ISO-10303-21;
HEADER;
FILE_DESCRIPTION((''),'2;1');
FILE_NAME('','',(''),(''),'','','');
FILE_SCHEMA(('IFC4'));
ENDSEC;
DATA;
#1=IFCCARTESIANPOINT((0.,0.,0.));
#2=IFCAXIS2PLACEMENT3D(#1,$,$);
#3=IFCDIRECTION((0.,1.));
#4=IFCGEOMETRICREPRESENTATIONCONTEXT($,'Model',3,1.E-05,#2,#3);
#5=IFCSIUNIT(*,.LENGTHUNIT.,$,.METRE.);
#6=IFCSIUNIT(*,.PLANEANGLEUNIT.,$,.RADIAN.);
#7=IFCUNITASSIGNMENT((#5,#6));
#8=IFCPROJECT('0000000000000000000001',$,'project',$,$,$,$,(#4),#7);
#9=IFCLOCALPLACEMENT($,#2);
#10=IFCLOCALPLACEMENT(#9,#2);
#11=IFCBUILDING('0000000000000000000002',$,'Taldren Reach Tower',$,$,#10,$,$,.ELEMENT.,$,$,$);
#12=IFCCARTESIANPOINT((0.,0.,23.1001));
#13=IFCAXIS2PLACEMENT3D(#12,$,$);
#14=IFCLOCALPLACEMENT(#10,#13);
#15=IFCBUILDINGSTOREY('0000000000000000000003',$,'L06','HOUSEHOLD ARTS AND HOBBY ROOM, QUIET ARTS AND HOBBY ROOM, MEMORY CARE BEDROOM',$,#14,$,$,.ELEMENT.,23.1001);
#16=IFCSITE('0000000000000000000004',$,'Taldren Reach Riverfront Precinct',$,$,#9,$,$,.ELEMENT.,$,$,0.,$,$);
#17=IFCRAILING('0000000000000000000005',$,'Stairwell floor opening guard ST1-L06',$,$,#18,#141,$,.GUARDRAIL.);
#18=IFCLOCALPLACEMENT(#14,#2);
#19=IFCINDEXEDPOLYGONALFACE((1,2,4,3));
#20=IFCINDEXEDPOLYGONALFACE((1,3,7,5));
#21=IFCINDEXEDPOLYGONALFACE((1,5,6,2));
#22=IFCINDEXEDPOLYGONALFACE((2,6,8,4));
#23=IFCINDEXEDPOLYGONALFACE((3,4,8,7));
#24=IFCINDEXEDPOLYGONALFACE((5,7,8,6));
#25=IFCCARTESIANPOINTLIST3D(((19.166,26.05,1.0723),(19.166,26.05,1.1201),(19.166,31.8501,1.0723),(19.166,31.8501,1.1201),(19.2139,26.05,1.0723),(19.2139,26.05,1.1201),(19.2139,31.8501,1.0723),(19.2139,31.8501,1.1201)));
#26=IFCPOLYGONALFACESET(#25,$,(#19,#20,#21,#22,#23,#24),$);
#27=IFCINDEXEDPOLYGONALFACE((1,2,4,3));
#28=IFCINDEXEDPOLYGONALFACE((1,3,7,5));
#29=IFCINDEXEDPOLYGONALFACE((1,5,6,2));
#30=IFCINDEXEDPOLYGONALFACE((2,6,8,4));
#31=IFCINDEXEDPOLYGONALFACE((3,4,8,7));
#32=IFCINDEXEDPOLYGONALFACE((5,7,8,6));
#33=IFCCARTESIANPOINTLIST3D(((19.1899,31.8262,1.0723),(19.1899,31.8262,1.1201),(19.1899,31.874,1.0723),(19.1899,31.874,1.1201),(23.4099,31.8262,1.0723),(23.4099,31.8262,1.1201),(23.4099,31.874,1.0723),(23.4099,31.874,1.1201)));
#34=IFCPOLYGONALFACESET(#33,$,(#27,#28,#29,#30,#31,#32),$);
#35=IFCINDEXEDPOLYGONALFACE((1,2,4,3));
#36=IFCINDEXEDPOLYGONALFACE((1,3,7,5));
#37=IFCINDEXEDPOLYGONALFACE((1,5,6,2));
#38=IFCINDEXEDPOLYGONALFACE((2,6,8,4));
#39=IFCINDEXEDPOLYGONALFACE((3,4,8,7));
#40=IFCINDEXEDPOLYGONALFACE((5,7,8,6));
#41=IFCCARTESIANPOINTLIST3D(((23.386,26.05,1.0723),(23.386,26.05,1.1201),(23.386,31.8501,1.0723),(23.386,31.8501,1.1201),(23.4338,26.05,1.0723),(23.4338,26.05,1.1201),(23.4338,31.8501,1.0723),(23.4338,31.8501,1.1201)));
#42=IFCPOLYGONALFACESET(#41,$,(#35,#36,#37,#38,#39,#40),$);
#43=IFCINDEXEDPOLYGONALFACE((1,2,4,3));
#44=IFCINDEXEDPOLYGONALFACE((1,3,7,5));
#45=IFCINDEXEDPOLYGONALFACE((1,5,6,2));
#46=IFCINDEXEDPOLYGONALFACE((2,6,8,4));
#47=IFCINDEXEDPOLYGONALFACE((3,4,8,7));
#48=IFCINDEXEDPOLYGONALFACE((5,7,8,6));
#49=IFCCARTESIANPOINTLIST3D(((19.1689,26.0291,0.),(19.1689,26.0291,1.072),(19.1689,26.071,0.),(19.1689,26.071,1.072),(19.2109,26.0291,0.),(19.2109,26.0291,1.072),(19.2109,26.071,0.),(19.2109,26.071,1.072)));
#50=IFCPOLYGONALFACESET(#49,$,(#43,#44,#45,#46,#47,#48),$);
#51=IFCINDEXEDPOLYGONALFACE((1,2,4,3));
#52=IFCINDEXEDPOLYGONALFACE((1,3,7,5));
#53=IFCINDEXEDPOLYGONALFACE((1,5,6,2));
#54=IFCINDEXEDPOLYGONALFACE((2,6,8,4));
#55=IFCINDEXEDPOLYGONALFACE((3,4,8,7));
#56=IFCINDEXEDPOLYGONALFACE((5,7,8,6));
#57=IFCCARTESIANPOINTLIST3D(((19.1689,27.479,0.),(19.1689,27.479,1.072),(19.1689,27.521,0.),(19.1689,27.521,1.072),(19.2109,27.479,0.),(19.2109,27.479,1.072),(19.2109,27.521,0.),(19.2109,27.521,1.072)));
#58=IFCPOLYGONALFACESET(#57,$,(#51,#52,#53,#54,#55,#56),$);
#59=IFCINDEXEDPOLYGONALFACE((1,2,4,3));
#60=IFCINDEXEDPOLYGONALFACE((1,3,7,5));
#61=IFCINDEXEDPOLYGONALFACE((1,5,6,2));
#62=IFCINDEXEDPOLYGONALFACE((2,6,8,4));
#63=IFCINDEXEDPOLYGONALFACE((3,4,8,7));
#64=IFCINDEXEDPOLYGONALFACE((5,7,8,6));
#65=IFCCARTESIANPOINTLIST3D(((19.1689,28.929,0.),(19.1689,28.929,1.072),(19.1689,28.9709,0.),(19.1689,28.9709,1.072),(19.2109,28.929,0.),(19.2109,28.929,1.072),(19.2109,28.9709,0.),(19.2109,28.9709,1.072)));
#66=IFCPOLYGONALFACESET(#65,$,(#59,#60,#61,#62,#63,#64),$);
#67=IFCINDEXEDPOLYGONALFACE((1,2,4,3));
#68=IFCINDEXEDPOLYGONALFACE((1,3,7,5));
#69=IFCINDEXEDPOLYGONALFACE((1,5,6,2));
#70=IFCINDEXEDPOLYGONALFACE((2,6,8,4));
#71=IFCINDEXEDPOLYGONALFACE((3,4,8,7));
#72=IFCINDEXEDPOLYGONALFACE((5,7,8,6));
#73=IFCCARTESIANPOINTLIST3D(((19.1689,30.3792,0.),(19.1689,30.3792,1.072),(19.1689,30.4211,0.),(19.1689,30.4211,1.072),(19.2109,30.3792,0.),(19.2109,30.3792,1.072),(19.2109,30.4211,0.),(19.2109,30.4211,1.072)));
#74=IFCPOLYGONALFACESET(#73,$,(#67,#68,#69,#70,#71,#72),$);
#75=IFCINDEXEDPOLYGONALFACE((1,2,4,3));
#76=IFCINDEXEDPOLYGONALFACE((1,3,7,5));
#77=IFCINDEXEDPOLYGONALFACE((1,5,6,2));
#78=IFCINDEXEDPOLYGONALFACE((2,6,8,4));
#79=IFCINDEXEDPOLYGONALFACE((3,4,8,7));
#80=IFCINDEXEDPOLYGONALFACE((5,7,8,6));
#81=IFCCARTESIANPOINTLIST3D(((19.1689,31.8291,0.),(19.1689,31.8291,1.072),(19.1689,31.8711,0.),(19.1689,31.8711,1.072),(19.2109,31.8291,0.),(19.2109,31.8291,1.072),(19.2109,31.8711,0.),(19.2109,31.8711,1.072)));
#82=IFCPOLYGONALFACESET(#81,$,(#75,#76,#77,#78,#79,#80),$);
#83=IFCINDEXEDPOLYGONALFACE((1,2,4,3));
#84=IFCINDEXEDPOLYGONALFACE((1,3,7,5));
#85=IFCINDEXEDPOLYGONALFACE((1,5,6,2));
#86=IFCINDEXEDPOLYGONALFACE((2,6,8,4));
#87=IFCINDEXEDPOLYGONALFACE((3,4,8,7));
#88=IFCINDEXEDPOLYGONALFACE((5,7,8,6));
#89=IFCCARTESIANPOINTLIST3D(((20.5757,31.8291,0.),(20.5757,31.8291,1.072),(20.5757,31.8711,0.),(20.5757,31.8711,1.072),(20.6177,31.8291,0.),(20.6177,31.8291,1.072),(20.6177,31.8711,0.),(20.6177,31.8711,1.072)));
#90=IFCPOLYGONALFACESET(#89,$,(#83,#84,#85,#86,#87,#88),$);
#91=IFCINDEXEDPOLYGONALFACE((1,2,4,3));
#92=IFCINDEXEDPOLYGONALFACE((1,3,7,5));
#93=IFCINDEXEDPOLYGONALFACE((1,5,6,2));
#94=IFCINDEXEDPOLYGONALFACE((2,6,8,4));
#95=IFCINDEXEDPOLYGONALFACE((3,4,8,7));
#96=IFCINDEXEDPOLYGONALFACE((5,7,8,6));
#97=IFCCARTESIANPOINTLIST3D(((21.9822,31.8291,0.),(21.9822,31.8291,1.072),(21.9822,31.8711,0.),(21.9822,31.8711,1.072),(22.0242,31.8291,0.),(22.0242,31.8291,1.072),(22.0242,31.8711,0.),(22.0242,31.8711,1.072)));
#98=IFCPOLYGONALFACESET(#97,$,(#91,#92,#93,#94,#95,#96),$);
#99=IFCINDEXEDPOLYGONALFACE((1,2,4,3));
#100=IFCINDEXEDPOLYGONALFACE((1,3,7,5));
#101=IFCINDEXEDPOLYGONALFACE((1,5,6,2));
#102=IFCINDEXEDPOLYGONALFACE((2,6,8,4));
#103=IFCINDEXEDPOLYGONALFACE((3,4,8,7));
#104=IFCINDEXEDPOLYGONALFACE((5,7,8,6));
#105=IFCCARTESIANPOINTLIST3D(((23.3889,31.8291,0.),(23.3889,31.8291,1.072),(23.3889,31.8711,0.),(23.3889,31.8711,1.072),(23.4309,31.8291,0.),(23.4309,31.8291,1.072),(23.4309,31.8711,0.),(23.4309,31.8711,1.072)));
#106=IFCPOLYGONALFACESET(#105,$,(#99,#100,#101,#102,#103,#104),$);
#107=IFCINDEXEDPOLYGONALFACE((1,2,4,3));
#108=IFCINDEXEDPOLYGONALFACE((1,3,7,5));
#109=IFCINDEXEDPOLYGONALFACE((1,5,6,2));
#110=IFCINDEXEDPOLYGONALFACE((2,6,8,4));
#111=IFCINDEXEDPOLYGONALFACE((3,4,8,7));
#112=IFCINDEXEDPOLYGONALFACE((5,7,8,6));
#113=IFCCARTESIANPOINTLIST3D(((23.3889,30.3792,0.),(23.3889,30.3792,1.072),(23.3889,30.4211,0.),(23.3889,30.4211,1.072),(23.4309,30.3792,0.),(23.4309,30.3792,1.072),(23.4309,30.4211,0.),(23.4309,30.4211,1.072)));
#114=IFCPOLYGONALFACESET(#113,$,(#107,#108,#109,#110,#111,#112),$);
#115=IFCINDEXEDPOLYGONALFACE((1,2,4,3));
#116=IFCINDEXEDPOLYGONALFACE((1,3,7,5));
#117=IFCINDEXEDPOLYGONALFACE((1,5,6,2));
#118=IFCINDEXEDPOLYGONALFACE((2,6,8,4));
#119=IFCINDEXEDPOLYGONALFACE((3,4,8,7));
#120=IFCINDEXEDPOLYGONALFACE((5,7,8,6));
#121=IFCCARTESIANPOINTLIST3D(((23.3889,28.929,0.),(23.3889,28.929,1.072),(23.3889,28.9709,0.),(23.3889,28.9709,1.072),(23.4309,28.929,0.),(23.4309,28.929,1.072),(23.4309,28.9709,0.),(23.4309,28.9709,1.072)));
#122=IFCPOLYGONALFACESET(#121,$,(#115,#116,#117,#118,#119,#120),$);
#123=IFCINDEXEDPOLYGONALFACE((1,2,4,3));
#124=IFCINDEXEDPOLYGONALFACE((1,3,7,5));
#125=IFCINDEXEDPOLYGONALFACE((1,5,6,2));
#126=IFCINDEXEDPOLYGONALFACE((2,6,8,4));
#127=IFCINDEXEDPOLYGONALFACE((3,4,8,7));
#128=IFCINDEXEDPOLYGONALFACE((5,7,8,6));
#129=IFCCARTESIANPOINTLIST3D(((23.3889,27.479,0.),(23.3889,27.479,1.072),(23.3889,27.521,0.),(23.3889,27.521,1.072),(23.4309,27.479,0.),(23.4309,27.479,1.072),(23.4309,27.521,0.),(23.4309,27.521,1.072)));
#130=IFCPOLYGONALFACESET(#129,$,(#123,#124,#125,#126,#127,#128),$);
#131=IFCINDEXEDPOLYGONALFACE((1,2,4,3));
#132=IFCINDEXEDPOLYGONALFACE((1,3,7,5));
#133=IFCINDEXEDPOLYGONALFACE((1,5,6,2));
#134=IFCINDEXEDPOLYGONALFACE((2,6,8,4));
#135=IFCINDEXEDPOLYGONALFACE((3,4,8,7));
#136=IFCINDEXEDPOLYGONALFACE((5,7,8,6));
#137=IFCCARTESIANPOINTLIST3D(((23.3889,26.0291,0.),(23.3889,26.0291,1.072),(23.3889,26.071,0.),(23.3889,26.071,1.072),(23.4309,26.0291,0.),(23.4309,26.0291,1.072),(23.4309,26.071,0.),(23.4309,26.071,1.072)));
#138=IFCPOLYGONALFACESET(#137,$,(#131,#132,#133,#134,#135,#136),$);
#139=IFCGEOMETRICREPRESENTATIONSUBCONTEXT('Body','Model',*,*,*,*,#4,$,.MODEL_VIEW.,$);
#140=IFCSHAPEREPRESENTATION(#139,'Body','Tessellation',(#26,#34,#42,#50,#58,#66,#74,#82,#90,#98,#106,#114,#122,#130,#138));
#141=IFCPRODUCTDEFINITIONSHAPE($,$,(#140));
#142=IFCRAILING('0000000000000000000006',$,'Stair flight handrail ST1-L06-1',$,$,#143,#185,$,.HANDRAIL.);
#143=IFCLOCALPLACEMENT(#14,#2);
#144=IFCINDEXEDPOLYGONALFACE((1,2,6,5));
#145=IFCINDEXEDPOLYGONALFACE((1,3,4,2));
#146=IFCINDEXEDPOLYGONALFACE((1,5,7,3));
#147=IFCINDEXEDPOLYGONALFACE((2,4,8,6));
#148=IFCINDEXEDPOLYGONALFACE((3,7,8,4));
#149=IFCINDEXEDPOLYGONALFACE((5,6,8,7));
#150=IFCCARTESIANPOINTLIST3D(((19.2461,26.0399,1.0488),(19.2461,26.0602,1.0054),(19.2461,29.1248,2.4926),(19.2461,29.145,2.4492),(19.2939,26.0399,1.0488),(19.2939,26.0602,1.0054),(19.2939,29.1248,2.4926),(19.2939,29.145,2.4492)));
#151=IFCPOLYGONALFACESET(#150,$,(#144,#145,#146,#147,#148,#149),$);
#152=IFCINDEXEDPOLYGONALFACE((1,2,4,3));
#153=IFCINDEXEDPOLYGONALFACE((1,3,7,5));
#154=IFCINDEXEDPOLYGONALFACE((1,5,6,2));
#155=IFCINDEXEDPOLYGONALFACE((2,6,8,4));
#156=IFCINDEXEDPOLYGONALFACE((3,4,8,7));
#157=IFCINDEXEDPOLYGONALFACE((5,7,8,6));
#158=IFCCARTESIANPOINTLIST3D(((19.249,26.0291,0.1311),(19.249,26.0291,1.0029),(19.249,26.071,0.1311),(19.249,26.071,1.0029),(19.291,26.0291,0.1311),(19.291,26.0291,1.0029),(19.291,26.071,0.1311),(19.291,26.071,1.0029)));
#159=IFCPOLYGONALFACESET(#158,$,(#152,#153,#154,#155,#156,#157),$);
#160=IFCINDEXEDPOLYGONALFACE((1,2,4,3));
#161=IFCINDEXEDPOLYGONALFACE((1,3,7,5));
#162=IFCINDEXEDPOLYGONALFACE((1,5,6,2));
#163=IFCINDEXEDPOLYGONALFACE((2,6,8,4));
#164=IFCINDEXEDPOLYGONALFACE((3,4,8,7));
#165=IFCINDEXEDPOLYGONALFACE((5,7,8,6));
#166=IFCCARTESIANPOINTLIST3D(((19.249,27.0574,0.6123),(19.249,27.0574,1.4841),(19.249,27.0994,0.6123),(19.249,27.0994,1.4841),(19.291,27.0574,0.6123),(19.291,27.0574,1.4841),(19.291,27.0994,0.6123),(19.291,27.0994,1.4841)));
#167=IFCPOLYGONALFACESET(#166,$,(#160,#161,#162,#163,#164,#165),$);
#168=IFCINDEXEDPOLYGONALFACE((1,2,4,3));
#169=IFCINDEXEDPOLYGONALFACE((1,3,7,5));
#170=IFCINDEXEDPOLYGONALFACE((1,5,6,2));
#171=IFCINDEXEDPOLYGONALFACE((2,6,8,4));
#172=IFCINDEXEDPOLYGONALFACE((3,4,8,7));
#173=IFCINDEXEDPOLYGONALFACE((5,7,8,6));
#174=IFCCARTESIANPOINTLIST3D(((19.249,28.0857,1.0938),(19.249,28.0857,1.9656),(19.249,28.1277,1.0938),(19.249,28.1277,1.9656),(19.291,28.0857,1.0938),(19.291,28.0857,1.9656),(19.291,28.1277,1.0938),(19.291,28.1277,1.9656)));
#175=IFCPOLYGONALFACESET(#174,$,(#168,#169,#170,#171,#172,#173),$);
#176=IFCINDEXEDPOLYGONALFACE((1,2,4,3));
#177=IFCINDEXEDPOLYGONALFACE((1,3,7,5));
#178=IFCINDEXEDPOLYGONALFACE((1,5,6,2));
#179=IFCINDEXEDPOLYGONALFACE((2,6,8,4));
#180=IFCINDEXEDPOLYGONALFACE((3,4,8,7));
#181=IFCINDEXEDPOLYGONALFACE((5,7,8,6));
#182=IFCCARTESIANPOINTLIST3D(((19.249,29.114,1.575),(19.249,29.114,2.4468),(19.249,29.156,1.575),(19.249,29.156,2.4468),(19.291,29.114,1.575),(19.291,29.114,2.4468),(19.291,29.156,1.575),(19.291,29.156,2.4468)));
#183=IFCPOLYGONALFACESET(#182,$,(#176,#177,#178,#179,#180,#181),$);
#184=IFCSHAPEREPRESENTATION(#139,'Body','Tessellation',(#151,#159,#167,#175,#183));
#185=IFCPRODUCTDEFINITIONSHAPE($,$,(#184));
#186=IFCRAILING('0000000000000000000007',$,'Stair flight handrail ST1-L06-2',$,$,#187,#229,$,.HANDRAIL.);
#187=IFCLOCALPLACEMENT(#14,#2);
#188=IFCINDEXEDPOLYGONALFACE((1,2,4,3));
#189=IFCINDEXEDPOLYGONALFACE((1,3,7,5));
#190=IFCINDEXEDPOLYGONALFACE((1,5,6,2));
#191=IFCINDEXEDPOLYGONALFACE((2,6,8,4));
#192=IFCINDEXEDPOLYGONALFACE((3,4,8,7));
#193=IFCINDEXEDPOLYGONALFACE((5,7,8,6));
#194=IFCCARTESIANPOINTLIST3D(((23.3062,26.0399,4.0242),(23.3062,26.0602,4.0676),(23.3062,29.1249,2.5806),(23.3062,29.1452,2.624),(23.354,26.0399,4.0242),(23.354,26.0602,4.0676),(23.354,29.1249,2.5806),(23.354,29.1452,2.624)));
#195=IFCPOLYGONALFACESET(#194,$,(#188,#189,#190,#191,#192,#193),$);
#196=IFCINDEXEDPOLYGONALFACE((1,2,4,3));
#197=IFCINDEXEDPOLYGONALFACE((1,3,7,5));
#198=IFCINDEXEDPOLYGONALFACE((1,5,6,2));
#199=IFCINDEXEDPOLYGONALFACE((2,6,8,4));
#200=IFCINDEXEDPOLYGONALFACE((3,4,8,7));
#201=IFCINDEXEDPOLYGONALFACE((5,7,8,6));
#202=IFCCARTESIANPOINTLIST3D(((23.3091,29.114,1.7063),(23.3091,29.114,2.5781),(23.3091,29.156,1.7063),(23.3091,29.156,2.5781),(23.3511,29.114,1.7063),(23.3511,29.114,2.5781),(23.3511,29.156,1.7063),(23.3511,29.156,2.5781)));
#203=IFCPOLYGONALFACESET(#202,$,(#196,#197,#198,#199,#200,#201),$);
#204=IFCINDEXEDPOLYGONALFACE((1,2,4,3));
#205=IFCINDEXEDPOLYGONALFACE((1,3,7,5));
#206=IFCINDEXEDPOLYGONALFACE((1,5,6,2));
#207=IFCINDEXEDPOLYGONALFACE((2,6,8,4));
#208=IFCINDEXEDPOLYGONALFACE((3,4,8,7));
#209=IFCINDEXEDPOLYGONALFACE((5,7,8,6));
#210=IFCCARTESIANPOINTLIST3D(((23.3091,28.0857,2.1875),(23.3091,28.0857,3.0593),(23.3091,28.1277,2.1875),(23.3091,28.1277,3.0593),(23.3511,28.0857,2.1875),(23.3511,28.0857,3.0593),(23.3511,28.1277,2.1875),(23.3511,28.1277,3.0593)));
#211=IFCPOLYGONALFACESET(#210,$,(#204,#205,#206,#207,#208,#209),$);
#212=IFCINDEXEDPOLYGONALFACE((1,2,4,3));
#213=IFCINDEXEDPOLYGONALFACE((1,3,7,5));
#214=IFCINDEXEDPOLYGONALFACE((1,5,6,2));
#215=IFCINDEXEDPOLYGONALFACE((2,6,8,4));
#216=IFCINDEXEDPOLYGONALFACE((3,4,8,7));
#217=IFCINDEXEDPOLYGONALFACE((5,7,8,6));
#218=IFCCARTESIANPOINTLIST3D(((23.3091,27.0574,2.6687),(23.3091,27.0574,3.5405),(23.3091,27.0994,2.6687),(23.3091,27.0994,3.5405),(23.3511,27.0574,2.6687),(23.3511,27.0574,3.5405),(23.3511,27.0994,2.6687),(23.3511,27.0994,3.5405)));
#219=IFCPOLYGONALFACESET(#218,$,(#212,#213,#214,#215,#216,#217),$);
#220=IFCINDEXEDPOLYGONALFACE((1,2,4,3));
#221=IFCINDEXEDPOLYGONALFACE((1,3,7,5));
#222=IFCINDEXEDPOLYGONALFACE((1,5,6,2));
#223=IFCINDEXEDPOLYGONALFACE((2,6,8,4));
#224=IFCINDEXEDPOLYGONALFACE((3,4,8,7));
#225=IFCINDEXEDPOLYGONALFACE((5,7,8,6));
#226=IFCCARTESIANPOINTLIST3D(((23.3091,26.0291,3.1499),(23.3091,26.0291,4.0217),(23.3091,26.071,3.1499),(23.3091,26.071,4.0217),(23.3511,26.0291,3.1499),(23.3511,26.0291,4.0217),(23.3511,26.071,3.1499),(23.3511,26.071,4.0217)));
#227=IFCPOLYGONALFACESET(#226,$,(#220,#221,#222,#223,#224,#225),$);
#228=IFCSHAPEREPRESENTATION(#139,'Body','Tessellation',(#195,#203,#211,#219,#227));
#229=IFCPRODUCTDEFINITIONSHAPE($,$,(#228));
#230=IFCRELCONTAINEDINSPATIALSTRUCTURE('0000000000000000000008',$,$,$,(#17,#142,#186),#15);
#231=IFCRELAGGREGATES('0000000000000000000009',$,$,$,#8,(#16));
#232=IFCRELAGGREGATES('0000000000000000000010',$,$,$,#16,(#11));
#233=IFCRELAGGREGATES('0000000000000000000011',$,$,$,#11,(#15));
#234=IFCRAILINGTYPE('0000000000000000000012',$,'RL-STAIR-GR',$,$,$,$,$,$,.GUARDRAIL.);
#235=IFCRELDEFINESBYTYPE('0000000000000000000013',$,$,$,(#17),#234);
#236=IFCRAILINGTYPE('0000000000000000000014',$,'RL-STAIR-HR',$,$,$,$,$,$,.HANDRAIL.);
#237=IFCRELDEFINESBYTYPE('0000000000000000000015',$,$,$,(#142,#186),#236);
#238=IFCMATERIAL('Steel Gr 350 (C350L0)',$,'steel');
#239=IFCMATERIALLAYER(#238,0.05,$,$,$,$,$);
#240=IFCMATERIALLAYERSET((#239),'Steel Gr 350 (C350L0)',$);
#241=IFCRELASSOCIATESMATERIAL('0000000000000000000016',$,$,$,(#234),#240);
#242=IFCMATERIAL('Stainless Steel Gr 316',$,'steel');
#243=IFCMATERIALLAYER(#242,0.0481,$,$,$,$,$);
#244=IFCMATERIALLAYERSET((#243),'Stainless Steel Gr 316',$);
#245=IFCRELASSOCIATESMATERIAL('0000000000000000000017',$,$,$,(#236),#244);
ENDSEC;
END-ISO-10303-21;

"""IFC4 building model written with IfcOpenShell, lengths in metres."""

from ifc_helpers import new_model, si_unit, direction, frame, origin, origin_2d, place, context, subcontext, project, spatial, rectangle, extrude, material, layer, layer_set, type_object, element, save


model = new_model("IFC4")

# Units and contexts
model_context = context("Model", 3, precision=1e-05, world=origin(), true_north=direction((0.0, 1.0)))
body_context = subcontext(model_context, "Body", "Model", "MODEL_VIEW")
ifc_project = project(units=[si_unit("LENGTHUNIT", "METRE"), si_unit("PLANEANGLEUNIT", "RADIAN")], contexts=[model_context])

# Site, building, storey
site_placement = place(None, origin())
site = spatial("IfcSite", under=ifc_project, at=site_placement, Name="Taldren Reach Riverfront Precinct", CompositionType="ELEMENT", RefElevation=0.0)
building_placement = place(site_placement, origin())
building = spatial("IfcBuilding", under=site, at=building_placement, Name="Taldren Reach Tower", CompositionType="ELEMENT")
storey_placement = place(building_placement, frame((0.0, 0.0, 23.1001)))
storey = spatial("IfcBuildingStorey", under=building, at=storey_placement, Name="L06", Description="HOUSEHOLD ARTS AND HOBBY ROOM, QUIET ARTS AND HOBBY ROOM, MEMORY CARE BEDROOM", CompositionType="ELEMENT", Elevation=23.1001)

# Shared definitions
ifc_material_1 = material(Name="Steel Gr 350 (C350L0)", Category="steel")

# Railings
ifc_layer_1 = layer(ifc_material_1, 0.05)
ifc_layer_set_1 = layer_set([ifc_layer_1], Name="Steel Gr 350 (C350L0)")
railing_type_1 = type_object("IfcRailingType", Name="RL-STAIR-GR", PredefinedType="GUARDRAIL", material=ifc_layer_set_1)
railing_1_placement = place(storey_placement, frame((19.1899, 26.05, 0.0)))
element("IfcRailing", 1, at=railing_1_placement, inside=storey, type_object=railing_type_1, Name="Stairwell floor opening guard ST1-L06", PredefinedType="GUARDRAIL", context=body_context, shape_type="SweptSolid", body=[
    extrude(rectangle(XDim=0.0479, YDim=0.0479, at=origin_2d()), frame((0.0, 0.0, 1.0962), z_axis=(0.0, 1.0, 0.0), x_axis=(-1.0, 0.0, 0.0)), (0.0, 0.0, 1.0), 5.8),
    extrude(rectangle(XDim=0.0479, YDim=0.0479, at=origin_2d()), frame((0.0, 5.8, 1.0962), z_axis=(1.0, 0.0, 0.0), x_axis=(0.0, 1.0, 0.0)), (0.0, 0.0, 1.0), 4.22),
    extrude(rectangle(XDim=0.0479, YDim=0.0479, at=origin_2d()), frame((4.22, 5.8, 1.0962), z_axis=(0.0, -1.0, 0.0), x_axis=(1.0, 0.0, 0.0)), (0.0, 0.0, 1.0), 5.8),
    extrude(rectangle(XDim=0.042, YDim=0.042, at=origin_2d()), origin(), (0.0, 0.0, 1.0), 1.072),
    extrude(rectangle(XDim=0.042, YDim=0.042, at=origin_2d()), frame((0.0, 1.45, 0.0)), (0.0, 0.0, 1.0), 1.072),
    extrude(rectangle(XDim=0.042, YDim=0.042, at=origin_2d()), frame((0.0, 2.8999, 0.0)), (0.0, 0.0, 1.0), 1.072),
    extrude(rectangle(XDim=0.042, YDim=0.042, at=origin_2d()), frame((0.0, 4.3501, 0.0)), (0.0, 0.0, 1.0), 1.072),
    extrude(rectangle(XDim=0.042, YDim=0.042, at=origin_2d()), frame((0.0, 5.8, 0.0)), (0.0, 0.0, 1.0), 1.072),
    extrude(rectangle(XDim=0.042, YDim=0.042, at=origin_2d()), frame((1.4067, 5.8, 0.0)), (0.0, 0.0, 1.0), 1.072),
    extrude(rectangle(XDim=0.042, YDim=0.042, at=origin_2d()), frame((2.8132, 5.8, 0.0)), (0.0, 0.0, 1.0), 1.072),
    extrude(rectangle(XDim=0.042, YDim=0.042, at=origin_2d()), frame((4.22, 5.8, 0.0)), (0.0, 0.0, 1.0), 1.072),
    extrude(rectangle(XDim=0.042, YDim=0.042, at=origin_2d()), frame((4.22, 4.3501, 0.0)), (0.0, 0.0, 1.0), 1.072),
    extrude(rectangle(XDim=0.042, YDim=0.042, at=origin_2d()), frame((4.22, 2.8999, 0.0)), (0.0, 0.0, 1.0), 1.072),
    extrude(rectangle(XDim=0.042, YDim=0.042, at=origin_2d()), frame((4.22, 1.45, 0.0)), (0.0, 0.0, 1.0), 1.072),
    extrude(rectangle(XDim=0.042, YDim=0.042, at=origin_2d()), frame((4.22, 0.0, 0.0)), (0.0, 0.0, 1.0), 1.072),
])
ifc_material_2 = material(Name="Stainless Steel Gr 316", Category="steel")
ifc_layer_2 = layer(ifc_material_2, 0.0481)
ifc_layer_set_2 = layer_set([ifc_layer_2], Name="Stainless Steel Gr 316")
railing_type_2 = type_object("IfcRailingType", Name="RL-STAIR-HR", PredefinedType="HANDRAIL", material=ifc_layer_set_2)
railing_2_placement = place(storey_placement, frame((19.27, 26.05, 0.1311)))
element("IfcRailing", 2, at=railing_2_placement, inside=storey, type_object=railing_type_2, Name="Stair flight handrail ST1-L06-1", PredefinedType="HANDRAIL", context=body_context, shape_type="SweptSolid", body=[
    extrude(rectangle(XDim=0.0479, YDim=0.0479, at=origin_2d()), frame((0.0, 0.0, 0.896), z_axis=(0.0, 0.90571, 0.423898), x_axis=(-1.0, 0.0, 0.0)), (0.0, 0.0, 1.0), 3.406),
    extrude(rectangle(XDim=0.042, YDim=0.042, at=origin_2d()), origin(), (0.0, 0.0, 1.0), 0.8718),
    extrude(rectangle(XDim=0.042, YDim=0.042, at=origin_2d()), frame((0.0, 1.0283, 0.4812)), (0.0, 0.0, 1.0), 0.8718),
    extrude(rectangle(XDim=0.042, YDim=0.042, at=origin_2d()), frame((0.0, 2.0566, 0.9626)), (0.0, 0.0, 1.0), 0.8718),
    extrude(rectangle(XDim=0.042, YDim=0.042, at=origin_2d()), frame((0.0, 3.085, 1.4438)), (0.0, 0.0, 1.0), 0.8718),
])
railing_3_placement = place(storey_placement, frame((23.3301, 29.135, 1.7063)))
element("IfcRailing", 3, at=railing_3_placement, inside=storey, type_object=railing_type_2, Name="Stair flight handrail ST1-L06-2", PredefinedType="HANDRAIL", context=body_context, shape_type="SweptSolid", body=[
    extrude(rectangle(XDim=0.0479, YDim=0.0479, at=origin_2d()), frame((0.0, 0.0, 0.896), z_axis=(0.0, -0.905738, 0.423839), x_axis=(1.0, 0.0, 0.0)), (0.0, 0.0, 1.0), 3.406),
    extrude(rectangle(XDim=0.042, YDim=0.042, at=origin_2d()), origin(), (0.0, 0.0, 1.0), 0.8718),
    extrude(rectangle(XDim=0.042, YDim=0.042, at=origin_2d()), frame((0.0, -1.0283, 0.4812)), (0.0, 0.0, 1.0), 0.8718),
    extrude(rectangle(XDim=0.042, YDim=0.042, at=origin_2d()), frame((0.0, -2.0566, 0.9624)), (0.0, 0.0, 1.0), 0.8718),
    extrude(rectangle(XDim=0.042, YDim=0.042, at=origin_2d()), frame((0.0, -3.085, 1.4436)), (0.0, 0.0, 1.0), 0.8718),
])

save(model, "model.ifc")
